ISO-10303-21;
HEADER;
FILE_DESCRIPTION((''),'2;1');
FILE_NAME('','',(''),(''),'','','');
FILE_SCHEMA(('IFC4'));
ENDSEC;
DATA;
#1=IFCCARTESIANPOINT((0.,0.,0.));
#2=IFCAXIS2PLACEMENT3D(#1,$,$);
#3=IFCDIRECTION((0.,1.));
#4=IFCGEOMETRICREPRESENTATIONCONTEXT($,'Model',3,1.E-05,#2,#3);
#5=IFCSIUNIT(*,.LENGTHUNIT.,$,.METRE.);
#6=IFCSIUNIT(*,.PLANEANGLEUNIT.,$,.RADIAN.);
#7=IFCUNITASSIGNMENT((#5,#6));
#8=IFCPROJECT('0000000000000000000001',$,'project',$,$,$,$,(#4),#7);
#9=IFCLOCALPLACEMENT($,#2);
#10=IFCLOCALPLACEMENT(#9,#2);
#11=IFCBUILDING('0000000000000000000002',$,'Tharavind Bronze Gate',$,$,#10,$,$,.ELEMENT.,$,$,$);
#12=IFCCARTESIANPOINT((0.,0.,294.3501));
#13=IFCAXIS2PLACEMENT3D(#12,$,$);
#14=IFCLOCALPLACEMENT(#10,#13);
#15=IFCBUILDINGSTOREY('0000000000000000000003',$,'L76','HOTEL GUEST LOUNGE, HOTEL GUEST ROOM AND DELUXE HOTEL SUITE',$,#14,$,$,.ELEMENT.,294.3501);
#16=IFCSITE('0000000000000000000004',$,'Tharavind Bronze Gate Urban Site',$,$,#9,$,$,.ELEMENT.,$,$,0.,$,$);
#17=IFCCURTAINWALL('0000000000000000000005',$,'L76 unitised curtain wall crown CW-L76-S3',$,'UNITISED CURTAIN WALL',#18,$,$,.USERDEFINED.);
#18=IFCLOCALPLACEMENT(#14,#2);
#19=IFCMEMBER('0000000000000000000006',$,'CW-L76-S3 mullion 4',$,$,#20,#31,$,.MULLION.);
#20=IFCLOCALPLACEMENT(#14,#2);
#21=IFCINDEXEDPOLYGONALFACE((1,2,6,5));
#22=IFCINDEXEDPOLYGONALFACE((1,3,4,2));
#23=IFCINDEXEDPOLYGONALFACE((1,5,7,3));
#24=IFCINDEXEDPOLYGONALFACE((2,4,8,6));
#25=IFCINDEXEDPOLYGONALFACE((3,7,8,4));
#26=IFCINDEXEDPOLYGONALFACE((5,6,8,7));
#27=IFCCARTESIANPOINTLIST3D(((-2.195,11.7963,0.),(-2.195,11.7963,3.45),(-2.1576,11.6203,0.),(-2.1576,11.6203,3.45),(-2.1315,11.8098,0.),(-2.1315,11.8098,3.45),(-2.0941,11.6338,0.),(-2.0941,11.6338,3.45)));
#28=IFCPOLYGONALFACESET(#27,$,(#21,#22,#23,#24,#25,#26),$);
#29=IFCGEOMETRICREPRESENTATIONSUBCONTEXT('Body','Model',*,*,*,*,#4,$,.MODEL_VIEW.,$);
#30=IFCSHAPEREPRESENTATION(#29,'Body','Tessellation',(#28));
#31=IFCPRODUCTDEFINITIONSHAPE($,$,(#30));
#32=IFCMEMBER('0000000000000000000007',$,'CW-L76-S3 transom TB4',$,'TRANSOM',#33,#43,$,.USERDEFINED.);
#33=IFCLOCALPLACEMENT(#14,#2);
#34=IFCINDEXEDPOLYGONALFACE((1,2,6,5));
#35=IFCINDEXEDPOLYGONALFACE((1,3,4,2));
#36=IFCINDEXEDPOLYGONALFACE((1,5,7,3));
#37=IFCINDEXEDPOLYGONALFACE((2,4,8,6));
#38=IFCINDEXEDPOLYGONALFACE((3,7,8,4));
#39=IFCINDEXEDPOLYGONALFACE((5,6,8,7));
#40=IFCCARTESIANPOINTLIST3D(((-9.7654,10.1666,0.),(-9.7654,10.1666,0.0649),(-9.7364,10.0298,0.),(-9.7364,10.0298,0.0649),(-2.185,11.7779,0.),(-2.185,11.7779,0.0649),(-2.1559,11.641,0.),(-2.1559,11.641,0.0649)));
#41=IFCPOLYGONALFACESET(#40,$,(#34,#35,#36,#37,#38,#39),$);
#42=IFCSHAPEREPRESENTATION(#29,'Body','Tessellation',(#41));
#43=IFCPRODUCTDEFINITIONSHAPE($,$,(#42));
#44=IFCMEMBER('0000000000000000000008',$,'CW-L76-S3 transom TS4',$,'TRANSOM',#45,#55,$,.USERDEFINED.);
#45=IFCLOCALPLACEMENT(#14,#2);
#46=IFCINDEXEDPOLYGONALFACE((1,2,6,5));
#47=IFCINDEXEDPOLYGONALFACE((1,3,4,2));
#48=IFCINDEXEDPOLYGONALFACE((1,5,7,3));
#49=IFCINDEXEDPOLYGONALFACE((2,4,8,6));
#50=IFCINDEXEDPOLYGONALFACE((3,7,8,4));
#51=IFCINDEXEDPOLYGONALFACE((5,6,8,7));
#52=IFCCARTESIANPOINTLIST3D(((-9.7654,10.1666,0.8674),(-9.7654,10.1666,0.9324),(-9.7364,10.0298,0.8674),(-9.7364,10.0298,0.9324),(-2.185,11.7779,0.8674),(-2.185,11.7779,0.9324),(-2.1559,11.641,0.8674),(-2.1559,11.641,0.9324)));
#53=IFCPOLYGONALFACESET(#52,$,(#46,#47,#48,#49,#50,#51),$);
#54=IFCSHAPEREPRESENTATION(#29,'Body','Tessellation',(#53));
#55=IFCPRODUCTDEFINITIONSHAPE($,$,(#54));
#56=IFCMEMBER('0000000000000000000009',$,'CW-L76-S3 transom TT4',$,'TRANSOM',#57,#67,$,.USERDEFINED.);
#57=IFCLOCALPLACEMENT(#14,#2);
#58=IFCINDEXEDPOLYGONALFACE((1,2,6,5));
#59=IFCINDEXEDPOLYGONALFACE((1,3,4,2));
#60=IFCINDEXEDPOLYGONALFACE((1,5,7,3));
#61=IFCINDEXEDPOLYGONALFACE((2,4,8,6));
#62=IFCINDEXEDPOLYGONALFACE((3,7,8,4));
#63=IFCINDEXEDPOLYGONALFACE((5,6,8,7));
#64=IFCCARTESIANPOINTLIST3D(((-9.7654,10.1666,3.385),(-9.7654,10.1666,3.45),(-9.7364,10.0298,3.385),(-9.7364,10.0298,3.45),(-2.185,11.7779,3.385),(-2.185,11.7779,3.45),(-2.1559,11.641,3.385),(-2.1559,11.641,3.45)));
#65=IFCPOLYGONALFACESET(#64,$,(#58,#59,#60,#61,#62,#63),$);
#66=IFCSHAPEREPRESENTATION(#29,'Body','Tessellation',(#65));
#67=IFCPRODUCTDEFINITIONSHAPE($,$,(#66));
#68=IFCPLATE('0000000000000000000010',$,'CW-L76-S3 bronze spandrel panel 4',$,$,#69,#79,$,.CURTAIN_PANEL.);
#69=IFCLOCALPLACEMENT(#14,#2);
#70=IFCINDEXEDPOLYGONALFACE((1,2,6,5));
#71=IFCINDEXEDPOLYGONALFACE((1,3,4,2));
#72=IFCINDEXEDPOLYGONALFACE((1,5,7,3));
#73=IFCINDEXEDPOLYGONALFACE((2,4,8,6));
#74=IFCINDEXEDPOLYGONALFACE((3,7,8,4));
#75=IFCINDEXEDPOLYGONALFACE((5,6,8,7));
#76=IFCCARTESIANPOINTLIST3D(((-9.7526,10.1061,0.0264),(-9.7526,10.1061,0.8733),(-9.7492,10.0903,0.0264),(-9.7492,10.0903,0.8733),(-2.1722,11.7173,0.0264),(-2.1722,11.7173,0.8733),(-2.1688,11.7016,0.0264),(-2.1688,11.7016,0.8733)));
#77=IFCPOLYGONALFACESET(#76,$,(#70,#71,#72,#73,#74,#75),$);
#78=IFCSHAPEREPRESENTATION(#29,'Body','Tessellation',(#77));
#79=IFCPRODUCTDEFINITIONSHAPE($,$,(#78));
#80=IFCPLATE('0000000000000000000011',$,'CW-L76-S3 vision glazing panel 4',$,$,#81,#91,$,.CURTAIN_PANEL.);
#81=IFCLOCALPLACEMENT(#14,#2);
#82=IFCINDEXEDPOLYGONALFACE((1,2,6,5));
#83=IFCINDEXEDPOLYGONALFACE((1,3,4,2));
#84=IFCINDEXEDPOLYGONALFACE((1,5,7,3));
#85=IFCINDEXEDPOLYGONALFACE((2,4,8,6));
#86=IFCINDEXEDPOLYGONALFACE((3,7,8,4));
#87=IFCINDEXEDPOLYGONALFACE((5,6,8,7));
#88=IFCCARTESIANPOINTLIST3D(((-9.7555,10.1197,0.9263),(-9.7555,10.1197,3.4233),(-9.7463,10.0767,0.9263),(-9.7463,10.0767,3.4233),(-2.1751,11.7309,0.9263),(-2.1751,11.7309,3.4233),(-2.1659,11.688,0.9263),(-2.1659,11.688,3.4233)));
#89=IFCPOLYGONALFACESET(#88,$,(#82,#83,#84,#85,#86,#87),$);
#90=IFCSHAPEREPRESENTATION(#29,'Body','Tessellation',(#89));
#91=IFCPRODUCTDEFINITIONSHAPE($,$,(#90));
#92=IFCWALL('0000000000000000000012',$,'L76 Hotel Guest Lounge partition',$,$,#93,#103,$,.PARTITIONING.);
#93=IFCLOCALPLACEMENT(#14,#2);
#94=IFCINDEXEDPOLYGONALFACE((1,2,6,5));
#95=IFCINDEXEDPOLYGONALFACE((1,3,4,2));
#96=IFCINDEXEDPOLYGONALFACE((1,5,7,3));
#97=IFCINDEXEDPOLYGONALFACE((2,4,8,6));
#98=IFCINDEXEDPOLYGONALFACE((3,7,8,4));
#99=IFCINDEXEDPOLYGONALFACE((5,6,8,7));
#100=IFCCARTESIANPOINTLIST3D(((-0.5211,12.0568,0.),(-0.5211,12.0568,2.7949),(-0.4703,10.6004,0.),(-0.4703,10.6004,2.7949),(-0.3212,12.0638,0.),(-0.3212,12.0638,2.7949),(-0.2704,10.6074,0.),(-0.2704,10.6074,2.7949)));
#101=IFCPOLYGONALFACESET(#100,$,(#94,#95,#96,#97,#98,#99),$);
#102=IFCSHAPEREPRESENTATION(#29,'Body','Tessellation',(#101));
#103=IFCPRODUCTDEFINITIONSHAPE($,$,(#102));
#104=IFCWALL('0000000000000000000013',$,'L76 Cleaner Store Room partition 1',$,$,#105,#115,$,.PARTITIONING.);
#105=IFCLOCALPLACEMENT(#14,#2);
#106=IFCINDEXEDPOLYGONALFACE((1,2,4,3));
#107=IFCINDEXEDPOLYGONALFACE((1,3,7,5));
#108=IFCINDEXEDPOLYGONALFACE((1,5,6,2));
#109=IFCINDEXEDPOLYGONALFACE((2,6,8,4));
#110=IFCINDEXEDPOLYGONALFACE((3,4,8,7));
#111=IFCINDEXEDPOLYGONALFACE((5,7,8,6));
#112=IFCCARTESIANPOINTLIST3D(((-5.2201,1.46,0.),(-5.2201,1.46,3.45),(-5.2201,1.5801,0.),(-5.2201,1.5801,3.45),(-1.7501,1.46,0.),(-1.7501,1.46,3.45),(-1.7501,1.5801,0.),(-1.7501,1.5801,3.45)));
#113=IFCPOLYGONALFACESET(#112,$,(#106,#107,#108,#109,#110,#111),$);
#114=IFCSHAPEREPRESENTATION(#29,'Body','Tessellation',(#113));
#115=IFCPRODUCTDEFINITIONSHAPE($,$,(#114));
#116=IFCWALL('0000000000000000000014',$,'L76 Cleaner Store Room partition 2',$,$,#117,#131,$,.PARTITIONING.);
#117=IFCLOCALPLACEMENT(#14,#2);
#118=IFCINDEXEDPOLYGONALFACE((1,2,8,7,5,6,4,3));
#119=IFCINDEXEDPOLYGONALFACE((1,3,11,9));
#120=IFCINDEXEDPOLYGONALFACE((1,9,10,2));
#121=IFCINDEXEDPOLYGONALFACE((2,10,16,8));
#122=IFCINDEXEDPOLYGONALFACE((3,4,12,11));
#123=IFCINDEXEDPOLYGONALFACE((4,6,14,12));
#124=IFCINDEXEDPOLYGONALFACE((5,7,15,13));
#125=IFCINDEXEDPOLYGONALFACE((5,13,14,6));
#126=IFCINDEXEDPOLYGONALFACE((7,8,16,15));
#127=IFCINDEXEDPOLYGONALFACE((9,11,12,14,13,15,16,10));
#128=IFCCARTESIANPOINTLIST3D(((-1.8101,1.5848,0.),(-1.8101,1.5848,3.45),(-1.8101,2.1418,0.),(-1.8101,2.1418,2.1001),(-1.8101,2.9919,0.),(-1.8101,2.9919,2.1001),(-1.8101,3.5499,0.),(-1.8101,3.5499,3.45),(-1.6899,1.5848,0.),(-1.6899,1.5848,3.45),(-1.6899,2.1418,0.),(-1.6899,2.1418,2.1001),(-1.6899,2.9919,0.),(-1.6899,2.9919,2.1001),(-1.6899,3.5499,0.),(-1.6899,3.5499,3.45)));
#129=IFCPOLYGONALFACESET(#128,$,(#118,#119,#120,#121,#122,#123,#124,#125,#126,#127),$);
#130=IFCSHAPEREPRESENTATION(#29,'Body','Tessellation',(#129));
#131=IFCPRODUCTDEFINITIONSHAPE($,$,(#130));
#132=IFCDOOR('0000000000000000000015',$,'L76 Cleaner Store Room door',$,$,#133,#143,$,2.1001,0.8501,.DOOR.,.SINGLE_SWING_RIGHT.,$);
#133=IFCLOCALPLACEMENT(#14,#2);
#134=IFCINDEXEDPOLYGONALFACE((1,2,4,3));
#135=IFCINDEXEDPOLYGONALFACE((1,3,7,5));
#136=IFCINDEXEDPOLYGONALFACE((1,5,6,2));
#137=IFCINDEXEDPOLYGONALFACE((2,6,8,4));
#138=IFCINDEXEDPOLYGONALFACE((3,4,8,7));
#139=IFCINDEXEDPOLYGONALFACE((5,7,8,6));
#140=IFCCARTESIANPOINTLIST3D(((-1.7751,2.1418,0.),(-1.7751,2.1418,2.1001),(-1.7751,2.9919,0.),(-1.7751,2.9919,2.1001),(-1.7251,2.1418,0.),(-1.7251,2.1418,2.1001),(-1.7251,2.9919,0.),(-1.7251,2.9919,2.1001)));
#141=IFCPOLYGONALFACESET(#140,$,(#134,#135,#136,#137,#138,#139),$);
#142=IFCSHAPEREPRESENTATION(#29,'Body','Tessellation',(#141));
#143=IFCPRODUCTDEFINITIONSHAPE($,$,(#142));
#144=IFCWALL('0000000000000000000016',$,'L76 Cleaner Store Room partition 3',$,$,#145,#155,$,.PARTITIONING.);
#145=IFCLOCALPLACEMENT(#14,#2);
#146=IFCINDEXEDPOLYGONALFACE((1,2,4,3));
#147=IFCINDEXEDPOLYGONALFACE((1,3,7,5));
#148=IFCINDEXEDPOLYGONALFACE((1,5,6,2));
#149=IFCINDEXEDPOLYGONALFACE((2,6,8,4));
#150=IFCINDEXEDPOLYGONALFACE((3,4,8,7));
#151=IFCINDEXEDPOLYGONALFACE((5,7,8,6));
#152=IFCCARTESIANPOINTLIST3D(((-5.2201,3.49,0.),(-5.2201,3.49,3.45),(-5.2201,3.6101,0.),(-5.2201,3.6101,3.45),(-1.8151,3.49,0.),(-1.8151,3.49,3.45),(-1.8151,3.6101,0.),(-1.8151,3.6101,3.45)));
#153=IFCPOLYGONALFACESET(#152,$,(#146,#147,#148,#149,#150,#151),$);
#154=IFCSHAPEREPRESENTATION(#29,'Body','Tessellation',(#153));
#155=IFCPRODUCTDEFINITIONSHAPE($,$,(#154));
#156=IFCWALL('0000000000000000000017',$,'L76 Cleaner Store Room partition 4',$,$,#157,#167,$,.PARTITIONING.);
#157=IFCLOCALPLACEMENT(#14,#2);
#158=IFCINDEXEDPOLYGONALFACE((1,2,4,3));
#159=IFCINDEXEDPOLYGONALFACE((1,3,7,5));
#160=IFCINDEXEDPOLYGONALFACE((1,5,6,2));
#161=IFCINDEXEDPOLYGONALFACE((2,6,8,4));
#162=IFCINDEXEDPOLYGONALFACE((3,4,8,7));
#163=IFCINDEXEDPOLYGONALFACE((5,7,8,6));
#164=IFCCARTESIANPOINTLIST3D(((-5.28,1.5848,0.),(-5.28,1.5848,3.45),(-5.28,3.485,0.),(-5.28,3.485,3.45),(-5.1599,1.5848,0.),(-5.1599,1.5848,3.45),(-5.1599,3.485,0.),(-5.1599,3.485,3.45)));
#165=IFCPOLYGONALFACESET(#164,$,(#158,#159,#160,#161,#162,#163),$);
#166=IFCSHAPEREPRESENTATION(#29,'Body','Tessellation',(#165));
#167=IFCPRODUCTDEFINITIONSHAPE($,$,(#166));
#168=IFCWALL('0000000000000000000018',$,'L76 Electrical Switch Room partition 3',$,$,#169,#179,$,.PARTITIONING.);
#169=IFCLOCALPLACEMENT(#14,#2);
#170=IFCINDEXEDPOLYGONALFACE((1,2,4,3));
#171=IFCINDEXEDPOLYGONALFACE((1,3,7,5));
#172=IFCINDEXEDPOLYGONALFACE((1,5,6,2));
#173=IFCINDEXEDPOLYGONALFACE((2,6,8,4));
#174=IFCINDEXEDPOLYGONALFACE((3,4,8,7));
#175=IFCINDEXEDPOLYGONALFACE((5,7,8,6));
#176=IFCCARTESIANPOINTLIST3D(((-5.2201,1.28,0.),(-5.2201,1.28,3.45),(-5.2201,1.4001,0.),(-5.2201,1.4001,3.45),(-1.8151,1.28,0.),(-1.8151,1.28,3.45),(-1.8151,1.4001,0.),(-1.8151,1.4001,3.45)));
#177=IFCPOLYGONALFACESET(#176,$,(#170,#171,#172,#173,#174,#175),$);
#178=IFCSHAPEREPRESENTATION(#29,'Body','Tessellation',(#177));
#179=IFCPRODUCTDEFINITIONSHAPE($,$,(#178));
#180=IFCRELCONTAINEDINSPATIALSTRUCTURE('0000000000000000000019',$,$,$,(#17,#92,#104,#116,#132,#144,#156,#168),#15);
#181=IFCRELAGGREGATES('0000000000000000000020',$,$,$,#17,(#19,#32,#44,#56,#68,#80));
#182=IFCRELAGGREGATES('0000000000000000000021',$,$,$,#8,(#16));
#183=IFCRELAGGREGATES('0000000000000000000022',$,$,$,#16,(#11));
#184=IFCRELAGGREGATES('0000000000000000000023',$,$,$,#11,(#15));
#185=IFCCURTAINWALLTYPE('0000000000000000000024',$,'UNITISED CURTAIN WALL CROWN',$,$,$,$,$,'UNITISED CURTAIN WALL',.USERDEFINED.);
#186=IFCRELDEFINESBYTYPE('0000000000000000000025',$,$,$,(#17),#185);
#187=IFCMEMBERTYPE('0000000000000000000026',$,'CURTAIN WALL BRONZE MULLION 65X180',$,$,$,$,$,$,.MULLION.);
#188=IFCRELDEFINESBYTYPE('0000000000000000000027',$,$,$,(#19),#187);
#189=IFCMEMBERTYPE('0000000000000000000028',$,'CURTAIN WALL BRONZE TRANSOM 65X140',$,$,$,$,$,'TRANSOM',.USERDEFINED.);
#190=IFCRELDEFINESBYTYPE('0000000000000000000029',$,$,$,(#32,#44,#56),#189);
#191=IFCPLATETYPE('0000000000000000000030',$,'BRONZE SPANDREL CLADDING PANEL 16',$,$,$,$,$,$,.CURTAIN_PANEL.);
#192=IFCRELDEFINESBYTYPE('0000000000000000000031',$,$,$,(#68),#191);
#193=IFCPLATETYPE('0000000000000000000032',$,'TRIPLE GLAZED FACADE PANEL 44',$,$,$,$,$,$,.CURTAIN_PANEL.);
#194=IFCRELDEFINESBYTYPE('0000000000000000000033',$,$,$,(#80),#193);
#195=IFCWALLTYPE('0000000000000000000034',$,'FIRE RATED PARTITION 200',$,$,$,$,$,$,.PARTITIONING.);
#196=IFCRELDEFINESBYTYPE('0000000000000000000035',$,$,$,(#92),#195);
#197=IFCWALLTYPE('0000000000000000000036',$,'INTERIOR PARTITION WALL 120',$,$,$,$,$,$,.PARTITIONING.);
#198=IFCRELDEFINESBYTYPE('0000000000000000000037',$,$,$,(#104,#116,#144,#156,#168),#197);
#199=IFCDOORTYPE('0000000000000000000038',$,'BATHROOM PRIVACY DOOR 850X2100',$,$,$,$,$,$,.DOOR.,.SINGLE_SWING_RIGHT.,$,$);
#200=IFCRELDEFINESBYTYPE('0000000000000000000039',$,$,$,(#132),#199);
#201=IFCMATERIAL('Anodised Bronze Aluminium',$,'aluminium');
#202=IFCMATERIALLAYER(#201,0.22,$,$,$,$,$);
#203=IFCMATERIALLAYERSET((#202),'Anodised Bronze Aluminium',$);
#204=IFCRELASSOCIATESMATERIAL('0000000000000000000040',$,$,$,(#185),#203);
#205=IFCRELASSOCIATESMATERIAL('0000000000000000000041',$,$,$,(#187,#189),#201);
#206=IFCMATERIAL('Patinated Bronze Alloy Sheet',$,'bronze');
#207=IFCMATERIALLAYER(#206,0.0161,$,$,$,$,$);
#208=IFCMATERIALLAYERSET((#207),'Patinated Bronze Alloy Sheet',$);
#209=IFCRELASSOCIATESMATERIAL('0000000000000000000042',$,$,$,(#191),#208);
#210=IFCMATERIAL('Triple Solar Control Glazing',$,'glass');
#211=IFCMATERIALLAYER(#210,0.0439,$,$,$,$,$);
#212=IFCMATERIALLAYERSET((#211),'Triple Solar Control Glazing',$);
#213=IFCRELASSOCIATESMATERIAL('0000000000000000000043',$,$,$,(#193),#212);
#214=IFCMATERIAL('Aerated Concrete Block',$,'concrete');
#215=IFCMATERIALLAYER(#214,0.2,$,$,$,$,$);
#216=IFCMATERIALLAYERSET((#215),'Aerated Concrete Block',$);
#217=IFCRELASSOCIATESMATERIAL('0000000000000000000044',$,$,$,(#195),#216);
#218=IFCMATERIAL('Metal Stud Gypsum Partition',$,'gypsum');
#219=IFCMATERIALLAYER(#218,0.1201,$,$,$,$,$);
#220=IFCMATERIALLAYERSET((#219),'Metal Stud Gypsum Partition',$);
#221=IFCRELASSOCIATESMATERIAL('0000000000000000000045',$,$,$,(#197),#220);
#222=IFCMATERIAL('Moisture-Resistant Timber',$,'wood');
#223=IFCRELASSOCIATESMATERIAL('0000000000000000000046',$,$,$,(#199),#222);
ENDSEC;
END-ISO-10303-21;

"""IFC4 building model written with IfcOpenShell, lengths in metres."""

from ifc_helpers import new_model, si_unit, direction, frame, frame_2d, origin, origin_2d, place, context, subcontext, project, spatial, rectangle, extrude, material, layer, layer_set, type_object, element, fill, aggregate, save


model = new_model("IFC4")

# Units and contexts
model_context = context("Model", 3, precision=1e-05, world=origin(), true_north=direction((0.0, 1.0)))
body_context = subcontext(model_context, "Body", "Model", "MODEL_VIEW")
ifc_project = project(units=[si_unit("LENGTHUNIT", "METRE"), si_unit("PLANEANGLEUNIT", "RADIAN")], contexts=[model_context])

# Site, building, storey
site_placement = place(None, origin())
site = spatial("IfcSite", under=ifc_project, at=site_placement, Name="Tharavind Bronze Gate Urban Site", CompositionType="ELEMENT", RefElevation=0.0)
building_placement = place(site_placement, origin())
building = spatial("IfcBuilding", under=site, at=building_placement, Name="Tharavind Bronze Gate", CompositionType="ELEMENT")
storey_placement = place(building_placement, frame((0.0, 0.0, 294.3501)))
storey = spatial("IfcBuildingStorey", under=building, at=storey_placement, Name="L76", Description="HOTEL GUEST LOUNGE, HOTEL GUEST ROOM AND DELUXE HOTEL SUITE", CompositionType="ELEMENT", Elevation=294.3501)

# Curtain wall, members, plates
ifc_material_1 = material(Name="Anodised Bronze Aluminium", Category="aluminium")
ifc_layer_1 = layer(ifc_material_1, 0.22)
ifc_layer_set_1 = layer_set([ifc_layer_1], Name="Anodised Bronze Aluminium")
curtain_wall_type = type_object("IfcCurtainWallType", Name="UNITISED CURTAIN WALL CROWN", ElementType="UNITISED CURTAIN WALL", PredefinedType="USERDEFINED", material=ifc_layer_set_1)
curtain_wall_placement = place(storey_placement, origin())
curtain_wall = element("IfcCurtainWall", 1, at=curtain_wall_placement, inside=storey, type_object=curtain_wall_type, Name="L76 unitised curtain wall crown CW-L76-S3", ObjectType="UNITISED CURTAIN WALL", PredefinedType="USERDEFINED")
member_type_1 = type_object("IfcMemberType", Name="CURTAIN WALL BRONZE MULLION 65X180", PredefinedType="MULLION", material=ifc_material_1)
member_1_placement = place(storey_placement, frame((-2.1445, 11.7151, 0.0), z_axis=(0.0, 0.0, 1.0), x_axis=(-0.978147, -0.207913, 0.0)))
member_1 = element("IfcMember", 2, at=member_1_placement, type_object=member_type_1, Name="CW-L76-S3 mullion 4", PredefinedType="MULLION", context=body_context, shape_type="SweptSolid", body=[
    extrude(rectangle(XDim=0.0649, YDim=0.1799, at=origin_2d()), origin(), (0.0, 0.0, 1.0), 3.45),
])
member_type_2 = type_object("IfcMemberType", Name="CURTAIN WALL BRONZE TRANSOM 65X140", ElementType="TRANSOM", PredefinedType="USERDEFINED", material=ifc_material_1)
member_2_placement = place(storey_placement, frame((-5.9607, 10.9038, 0.0), z_axis=(0.0, 0.0, 1.0), x_axis=(-0.978147, -0.207913, 0.0)))
member_2 = element("IfcMember", 3, at=member_2_placement, type_object=member_type_2, Name="CW-L76-S3 transom TB4", ObjectType="TRANSOM", PredefinedType="USERDEFINED", context=body_context, shape_type="SweptSolid", body=[
    extrude(rectangle(XDim=7.7498, YDim=0.1399, at=origin_2d()), origin(), (0.0, 0.0, 1.0), 0.0649),
])
member_3_placement = place(storey_placement, frame((-5.9607, 10.9038, 0.8674), z_axis=(0.0, 0.0, 1.0), x_axis=(-0.978147, -0.207913, 0.0)))
member_3 = element("IfcMember", 4, at=member_3_placement, type_object=member_type_2, Name="CW-L76-S3 transom TS4", ObjectType="TRANSOM", PredefinedType="USERDEFINED", context=body_context, shape_type="SweptSolid", body=[
    extrude(rectangle(XDim=7.7498, YDim=0.1399, at=origin_2d()), origin(), (0.0, 0.0, 1.0), 0.0649),
])
member_4_placement = place(storey_placement, frame((-5.9607, 10.9038, 3.385), z_axis=(0.0, 0.0, 1.0), x_axis=(-0.978147, -0.207913, 0.0)))
member_4 = element("IfcMember", 5, at=member_4_placement, type_object=member_type_2, Name="CW-L76-S3 transom TT4", ObjectType="TRANSOM", PredefinedType="USERDEFINED", context=body_context, shape_type="SweptSolid", body=[
    extrude(rectangle(XDim=7.7498, YDim=0.1399, at=origin_2d()), origin(), (0.0, 0.0, 1.0), 0.0649),
])
ifc_material_2 = material(Name="Patinated Bronze Alloy Sheet", Category="bronze")
ifc_layer_2 = layer(ifc_material_2, 0.0161)
ifc_layer_set_2 = layer_set([ifc_layer_2], Name="Patinated Bronze Alloy Sheet")
plate_type_1 = type_object("IfcPlateType", Name="BRONZE SPANDREL CLADDING PANEL 16", PredefinedType="CURTAIN_PANEL", material=ifc_layer_set_2)
plate_1_placement = place(storey_placement, frame((-5.9607, 10.9038, 0.0264), z_axis=(0.0, 0.0, 1.0), x_axis=(-0.978147, -0.207913, 0.0)))
plate_1 = element("IfcPlate", 6, at=plate_1_placement, type_object=plate_type_1, Name="CW-L76-S3 bronze spandrel panel 4", PredefinedType="CURTAIN_PANEL", context=body_context, shape_type="SweptSolid", body=[
    extrude(rectangle(XDim=7.7498, YDim=0.0161, at=origin_2d()), origin(), (0.0, 0.0, 1.0), 0.8469),
])
ifc_material_3 = material(Name="Triple Solar Control Glazing", Category="glass")
ifc_layer_3 = layer(ifc_material_3, 0.0439)
ifc_layer_set_3 = layer_set([ifc_layer_3], Name="Triple Solar Control Glazing")
plate_type_2 = type_object("IfcPlateType", Name="TRIPLE GLAZED FACADE PANEL 44", PredefinedType="CURTAIN_PANEL", material=ifc_layer_set_3)
plate_2_placement = place(storey_placement, frame((-5.9607, 10.9038, 0.9263), z_axis=(0.0, 0.0, 1.0), x_axis=(-0.978147, -0.207913, 0.0)))
plate_2 = element("IfcPlate", 7, at=plate_2_placement, type_object=plate_type_2, Name="CW-L76-S3 vision glazing panel 4", PredefinedType="CURTAIN_PANEL", context=body_context, shape_type="SweptSolid", body=[
    extrude(rectangle(XDim=7.7498, YDim=0.0439, at=origin_2d()), origin(), (0.0, 0.0, 1.0), 2.4971),
])
aggregate(curtain_wall, [member_1, member_2, member_3, member_4, plate_1, plate_2])

# Walls
ifc_material_4 = material(Name="Aerated Concrete Block", Category="concrete")
ifc_layer_4 = layer(ifc_material_4, 0.2)
ifc_layer_set_4 = layer_set([ifc_layer_4], Name="Aerated Concrete Block")
wall_type_1 = type_object("IfcWallType", Name="FIRE RATED PARTITION 200", PredefinedType="PARTITIONING", material=ifc_layer_set_4)
wall_1_placement = place(storey_placement, frame((-0.3704, 10.604, 0.0), z_axis=(0.0, 0.0, 1.0), x_axis=(-0.034849, 0.999393, 0.0)))
element("IfcWall", 8, at=wall_1_placement, inside=storey, type_object=wall_type_1, Name="L76 Hotel Guest Lounge partition", PredefinedType="PARTITIONING", context=body_context, shape_type="SweptSolid", body=[
    extrude(rectangle(XDim=1.4573, YDim=0.2, at=frame_2d((0.7285, 0.0))), origin(), (0.0, 0.0, 1.0), 2.7949),
])
ifc_material_5 = material(Name="Metal Stud Gypsum Partition", Category="gypsum")
ifc_layer_5 = layer(ifc_material_5, 0.1201)
ifc_layer_set_5 = layer_set([ifc_layer_5], Name="Metal Stud Gypsum Partition")
wall_type_2 = type_object("IfcWallType", Name="INTERIOR PARTITION WALL 120", PredefinedType="PARTITIONING", material=ifc_layer_set_5)
wall_2_placement = place(storey_placement, frame((-5.22, 1.52, 0.0), z_axis=(0.0, 0.0, 1.0), x_axis=(1.0, 0.0, 0.0)))
element("IfcWall", 9, at=wall_2_placement, inside=storey, type_object=wall_type_2, Name="L76 Cleaner Store Room partition 1", PredefinedType="PARTITIONING", context=body_context, shape_type="SweptSolid", body=[
    extrude(rectangle(XDim=3.47, YDim=0.1201, at=frame_2d((1.7349, 0.0))), origin(), (0.0, 0.0, 1.0), 3.45),
])

# Wall, opening, door
wall_3_placement = place(storey_placement, frame((-1.75, 1.585, 0.0), z_axis=(0.0, 0.0, 1.0), x_axis=(0.0, 1.0, 0.0)))
wall_3 = element("IfcWall", 10, at=wall_3_placement, inside=storey, type_object=wall_type_2, Name="L76 Cleaner Store Room partition 2", PredefinedType="PARTITIONING", context=body_context, shape_type="SweptSolid", body=[
    extrude(rectangle(XDim=1.9651, YDim=0.1201, at=frame_2d((0.9824, 0.0))), origin(), (0.0, 0.0, 1.0), 3.45),
])
opening_1_placement = place(wall_3_placement, frame((0.5569, 0.0, 0.0)))
opening_1 = element("IfcOpeningElement", 11, at=opening_1_placement, cuts=wall_3, PredefinedType="OPENING", context=body_context, shape_type="SweptSolid", body=[
    extrude(rectangle(XDim=0.8501, YDim=2.1001, at=frame_2d((0.425, 1.05))), frame((0.0, 0.0701, 0.0), z_axis=(0.0, -1.0, 0.0), x_axis=(1.0, 0.0, 0.0)), (0.0, 0.0, 1.0), 0.1401),
])
ifc_material_6 = material(Name="Moisture-Resistant Timber", Category="wood")
door_type_1 = type_object("IfcDoorType", Name="BATHROOM PRIVACY DOOR 850X2100", OperationType="SINGLE_SWING_RIGHT", PredefinedType="DOOR", material=ifc_material_6)
door_1_placement = place(opening_1_placement, frame((0.8501, 0.0, 0.0), z_axis=(0.0, 0.0, 1.0), x_axis=(-1.0, 0.0, 0.0)))
door_1 = element("IfcDoor", 12, at=door_1_placement, inside=storey, type_object=door_type_1, Name="L76 Cleaner Store Room door", OperationType="SINGLE_SWING_RIGHT", OverallHeight=2.1001, OverallWidth=0.8501, PredefinedType="DOOR", context=body_context, shape_type="SweptSolid", body=[
    extrude(rectangle(XDim=0.8501, YDim=2.1001, at=frame_2d((0.425, 1.05))), frame((0.0, 0.0249, 0.0), z_axis=(0.0, -1.0, 0.0), x_axis=(1.0, 0.0, 0.0)), (0.0, 0.0, 1.0), 0.05),
])
fill(opening_1, door_1)

# Walls
wall_4_placement = place(storey_placement, frame((-1.8149, 3.55, 0.0), z_axis=(0.0, 0.0, 1.0), x_axis=(-1.0, 0.0, 0.0)))
element("IfcWall", 13, at=wall_4_placement, inside=storey, type_object=wall_type_2, Name="L76 Cleaner Store Room partition 3", PredefinedType="PARTITIONING", context=body_context, shape_type="SweptSolid", body=[
    extrude(rectangle(XDim=3.405, YDim=0.1201, at=frame_2d((1.7026, 0.0))), origin(), (0.0, 0.0, 1.0), 3.45),
])
wall_5_placement = place(storey_placement, frame((-5.22, 3.4851, 0.0), z_axis=(0.0, 0.0, 1.0), x_axis=(0.0, -1.0, 0.0)))
element("IfcWall", 14, at=wall_5_placement, inside=storey, type_object=wall_type_2, Name="L76 Cleaner Store Room partition 4", PredefinedType="PARTITIONING", context=body_context, shape_type="SweptSolid", body=[
    extrude(rectangle(XDim=1.9001, YDim=0.1201, at=frame_2d((0.9502, 0.0))), origin(), (0.0, 0.0, 1.0), 3.45),
])
wall_6_placement = place(storey_placement, frame((-1.8149, 1.3401, 0.0), z_axis=(0.0, 0.0, 1.0), x_axis=(-1.0, 0.0, 0.0)))
element("IfcWall", 15, at=wall_6_placement, inside=storey, type_object=wall_type_2, Name="L76 Electrical Switch Room partition 3", PredefinedType="PARTITIONING", context=body_context, shape_type="SweptSolid", body=[
    extrude(rectangle(XDim=3.405, YDim=0.1201, at=frame_2d((1.7026, 0.0))), origin(), (0.0, 0.0, 1.0), 3.45),
])

save(model, "model.ifc")
